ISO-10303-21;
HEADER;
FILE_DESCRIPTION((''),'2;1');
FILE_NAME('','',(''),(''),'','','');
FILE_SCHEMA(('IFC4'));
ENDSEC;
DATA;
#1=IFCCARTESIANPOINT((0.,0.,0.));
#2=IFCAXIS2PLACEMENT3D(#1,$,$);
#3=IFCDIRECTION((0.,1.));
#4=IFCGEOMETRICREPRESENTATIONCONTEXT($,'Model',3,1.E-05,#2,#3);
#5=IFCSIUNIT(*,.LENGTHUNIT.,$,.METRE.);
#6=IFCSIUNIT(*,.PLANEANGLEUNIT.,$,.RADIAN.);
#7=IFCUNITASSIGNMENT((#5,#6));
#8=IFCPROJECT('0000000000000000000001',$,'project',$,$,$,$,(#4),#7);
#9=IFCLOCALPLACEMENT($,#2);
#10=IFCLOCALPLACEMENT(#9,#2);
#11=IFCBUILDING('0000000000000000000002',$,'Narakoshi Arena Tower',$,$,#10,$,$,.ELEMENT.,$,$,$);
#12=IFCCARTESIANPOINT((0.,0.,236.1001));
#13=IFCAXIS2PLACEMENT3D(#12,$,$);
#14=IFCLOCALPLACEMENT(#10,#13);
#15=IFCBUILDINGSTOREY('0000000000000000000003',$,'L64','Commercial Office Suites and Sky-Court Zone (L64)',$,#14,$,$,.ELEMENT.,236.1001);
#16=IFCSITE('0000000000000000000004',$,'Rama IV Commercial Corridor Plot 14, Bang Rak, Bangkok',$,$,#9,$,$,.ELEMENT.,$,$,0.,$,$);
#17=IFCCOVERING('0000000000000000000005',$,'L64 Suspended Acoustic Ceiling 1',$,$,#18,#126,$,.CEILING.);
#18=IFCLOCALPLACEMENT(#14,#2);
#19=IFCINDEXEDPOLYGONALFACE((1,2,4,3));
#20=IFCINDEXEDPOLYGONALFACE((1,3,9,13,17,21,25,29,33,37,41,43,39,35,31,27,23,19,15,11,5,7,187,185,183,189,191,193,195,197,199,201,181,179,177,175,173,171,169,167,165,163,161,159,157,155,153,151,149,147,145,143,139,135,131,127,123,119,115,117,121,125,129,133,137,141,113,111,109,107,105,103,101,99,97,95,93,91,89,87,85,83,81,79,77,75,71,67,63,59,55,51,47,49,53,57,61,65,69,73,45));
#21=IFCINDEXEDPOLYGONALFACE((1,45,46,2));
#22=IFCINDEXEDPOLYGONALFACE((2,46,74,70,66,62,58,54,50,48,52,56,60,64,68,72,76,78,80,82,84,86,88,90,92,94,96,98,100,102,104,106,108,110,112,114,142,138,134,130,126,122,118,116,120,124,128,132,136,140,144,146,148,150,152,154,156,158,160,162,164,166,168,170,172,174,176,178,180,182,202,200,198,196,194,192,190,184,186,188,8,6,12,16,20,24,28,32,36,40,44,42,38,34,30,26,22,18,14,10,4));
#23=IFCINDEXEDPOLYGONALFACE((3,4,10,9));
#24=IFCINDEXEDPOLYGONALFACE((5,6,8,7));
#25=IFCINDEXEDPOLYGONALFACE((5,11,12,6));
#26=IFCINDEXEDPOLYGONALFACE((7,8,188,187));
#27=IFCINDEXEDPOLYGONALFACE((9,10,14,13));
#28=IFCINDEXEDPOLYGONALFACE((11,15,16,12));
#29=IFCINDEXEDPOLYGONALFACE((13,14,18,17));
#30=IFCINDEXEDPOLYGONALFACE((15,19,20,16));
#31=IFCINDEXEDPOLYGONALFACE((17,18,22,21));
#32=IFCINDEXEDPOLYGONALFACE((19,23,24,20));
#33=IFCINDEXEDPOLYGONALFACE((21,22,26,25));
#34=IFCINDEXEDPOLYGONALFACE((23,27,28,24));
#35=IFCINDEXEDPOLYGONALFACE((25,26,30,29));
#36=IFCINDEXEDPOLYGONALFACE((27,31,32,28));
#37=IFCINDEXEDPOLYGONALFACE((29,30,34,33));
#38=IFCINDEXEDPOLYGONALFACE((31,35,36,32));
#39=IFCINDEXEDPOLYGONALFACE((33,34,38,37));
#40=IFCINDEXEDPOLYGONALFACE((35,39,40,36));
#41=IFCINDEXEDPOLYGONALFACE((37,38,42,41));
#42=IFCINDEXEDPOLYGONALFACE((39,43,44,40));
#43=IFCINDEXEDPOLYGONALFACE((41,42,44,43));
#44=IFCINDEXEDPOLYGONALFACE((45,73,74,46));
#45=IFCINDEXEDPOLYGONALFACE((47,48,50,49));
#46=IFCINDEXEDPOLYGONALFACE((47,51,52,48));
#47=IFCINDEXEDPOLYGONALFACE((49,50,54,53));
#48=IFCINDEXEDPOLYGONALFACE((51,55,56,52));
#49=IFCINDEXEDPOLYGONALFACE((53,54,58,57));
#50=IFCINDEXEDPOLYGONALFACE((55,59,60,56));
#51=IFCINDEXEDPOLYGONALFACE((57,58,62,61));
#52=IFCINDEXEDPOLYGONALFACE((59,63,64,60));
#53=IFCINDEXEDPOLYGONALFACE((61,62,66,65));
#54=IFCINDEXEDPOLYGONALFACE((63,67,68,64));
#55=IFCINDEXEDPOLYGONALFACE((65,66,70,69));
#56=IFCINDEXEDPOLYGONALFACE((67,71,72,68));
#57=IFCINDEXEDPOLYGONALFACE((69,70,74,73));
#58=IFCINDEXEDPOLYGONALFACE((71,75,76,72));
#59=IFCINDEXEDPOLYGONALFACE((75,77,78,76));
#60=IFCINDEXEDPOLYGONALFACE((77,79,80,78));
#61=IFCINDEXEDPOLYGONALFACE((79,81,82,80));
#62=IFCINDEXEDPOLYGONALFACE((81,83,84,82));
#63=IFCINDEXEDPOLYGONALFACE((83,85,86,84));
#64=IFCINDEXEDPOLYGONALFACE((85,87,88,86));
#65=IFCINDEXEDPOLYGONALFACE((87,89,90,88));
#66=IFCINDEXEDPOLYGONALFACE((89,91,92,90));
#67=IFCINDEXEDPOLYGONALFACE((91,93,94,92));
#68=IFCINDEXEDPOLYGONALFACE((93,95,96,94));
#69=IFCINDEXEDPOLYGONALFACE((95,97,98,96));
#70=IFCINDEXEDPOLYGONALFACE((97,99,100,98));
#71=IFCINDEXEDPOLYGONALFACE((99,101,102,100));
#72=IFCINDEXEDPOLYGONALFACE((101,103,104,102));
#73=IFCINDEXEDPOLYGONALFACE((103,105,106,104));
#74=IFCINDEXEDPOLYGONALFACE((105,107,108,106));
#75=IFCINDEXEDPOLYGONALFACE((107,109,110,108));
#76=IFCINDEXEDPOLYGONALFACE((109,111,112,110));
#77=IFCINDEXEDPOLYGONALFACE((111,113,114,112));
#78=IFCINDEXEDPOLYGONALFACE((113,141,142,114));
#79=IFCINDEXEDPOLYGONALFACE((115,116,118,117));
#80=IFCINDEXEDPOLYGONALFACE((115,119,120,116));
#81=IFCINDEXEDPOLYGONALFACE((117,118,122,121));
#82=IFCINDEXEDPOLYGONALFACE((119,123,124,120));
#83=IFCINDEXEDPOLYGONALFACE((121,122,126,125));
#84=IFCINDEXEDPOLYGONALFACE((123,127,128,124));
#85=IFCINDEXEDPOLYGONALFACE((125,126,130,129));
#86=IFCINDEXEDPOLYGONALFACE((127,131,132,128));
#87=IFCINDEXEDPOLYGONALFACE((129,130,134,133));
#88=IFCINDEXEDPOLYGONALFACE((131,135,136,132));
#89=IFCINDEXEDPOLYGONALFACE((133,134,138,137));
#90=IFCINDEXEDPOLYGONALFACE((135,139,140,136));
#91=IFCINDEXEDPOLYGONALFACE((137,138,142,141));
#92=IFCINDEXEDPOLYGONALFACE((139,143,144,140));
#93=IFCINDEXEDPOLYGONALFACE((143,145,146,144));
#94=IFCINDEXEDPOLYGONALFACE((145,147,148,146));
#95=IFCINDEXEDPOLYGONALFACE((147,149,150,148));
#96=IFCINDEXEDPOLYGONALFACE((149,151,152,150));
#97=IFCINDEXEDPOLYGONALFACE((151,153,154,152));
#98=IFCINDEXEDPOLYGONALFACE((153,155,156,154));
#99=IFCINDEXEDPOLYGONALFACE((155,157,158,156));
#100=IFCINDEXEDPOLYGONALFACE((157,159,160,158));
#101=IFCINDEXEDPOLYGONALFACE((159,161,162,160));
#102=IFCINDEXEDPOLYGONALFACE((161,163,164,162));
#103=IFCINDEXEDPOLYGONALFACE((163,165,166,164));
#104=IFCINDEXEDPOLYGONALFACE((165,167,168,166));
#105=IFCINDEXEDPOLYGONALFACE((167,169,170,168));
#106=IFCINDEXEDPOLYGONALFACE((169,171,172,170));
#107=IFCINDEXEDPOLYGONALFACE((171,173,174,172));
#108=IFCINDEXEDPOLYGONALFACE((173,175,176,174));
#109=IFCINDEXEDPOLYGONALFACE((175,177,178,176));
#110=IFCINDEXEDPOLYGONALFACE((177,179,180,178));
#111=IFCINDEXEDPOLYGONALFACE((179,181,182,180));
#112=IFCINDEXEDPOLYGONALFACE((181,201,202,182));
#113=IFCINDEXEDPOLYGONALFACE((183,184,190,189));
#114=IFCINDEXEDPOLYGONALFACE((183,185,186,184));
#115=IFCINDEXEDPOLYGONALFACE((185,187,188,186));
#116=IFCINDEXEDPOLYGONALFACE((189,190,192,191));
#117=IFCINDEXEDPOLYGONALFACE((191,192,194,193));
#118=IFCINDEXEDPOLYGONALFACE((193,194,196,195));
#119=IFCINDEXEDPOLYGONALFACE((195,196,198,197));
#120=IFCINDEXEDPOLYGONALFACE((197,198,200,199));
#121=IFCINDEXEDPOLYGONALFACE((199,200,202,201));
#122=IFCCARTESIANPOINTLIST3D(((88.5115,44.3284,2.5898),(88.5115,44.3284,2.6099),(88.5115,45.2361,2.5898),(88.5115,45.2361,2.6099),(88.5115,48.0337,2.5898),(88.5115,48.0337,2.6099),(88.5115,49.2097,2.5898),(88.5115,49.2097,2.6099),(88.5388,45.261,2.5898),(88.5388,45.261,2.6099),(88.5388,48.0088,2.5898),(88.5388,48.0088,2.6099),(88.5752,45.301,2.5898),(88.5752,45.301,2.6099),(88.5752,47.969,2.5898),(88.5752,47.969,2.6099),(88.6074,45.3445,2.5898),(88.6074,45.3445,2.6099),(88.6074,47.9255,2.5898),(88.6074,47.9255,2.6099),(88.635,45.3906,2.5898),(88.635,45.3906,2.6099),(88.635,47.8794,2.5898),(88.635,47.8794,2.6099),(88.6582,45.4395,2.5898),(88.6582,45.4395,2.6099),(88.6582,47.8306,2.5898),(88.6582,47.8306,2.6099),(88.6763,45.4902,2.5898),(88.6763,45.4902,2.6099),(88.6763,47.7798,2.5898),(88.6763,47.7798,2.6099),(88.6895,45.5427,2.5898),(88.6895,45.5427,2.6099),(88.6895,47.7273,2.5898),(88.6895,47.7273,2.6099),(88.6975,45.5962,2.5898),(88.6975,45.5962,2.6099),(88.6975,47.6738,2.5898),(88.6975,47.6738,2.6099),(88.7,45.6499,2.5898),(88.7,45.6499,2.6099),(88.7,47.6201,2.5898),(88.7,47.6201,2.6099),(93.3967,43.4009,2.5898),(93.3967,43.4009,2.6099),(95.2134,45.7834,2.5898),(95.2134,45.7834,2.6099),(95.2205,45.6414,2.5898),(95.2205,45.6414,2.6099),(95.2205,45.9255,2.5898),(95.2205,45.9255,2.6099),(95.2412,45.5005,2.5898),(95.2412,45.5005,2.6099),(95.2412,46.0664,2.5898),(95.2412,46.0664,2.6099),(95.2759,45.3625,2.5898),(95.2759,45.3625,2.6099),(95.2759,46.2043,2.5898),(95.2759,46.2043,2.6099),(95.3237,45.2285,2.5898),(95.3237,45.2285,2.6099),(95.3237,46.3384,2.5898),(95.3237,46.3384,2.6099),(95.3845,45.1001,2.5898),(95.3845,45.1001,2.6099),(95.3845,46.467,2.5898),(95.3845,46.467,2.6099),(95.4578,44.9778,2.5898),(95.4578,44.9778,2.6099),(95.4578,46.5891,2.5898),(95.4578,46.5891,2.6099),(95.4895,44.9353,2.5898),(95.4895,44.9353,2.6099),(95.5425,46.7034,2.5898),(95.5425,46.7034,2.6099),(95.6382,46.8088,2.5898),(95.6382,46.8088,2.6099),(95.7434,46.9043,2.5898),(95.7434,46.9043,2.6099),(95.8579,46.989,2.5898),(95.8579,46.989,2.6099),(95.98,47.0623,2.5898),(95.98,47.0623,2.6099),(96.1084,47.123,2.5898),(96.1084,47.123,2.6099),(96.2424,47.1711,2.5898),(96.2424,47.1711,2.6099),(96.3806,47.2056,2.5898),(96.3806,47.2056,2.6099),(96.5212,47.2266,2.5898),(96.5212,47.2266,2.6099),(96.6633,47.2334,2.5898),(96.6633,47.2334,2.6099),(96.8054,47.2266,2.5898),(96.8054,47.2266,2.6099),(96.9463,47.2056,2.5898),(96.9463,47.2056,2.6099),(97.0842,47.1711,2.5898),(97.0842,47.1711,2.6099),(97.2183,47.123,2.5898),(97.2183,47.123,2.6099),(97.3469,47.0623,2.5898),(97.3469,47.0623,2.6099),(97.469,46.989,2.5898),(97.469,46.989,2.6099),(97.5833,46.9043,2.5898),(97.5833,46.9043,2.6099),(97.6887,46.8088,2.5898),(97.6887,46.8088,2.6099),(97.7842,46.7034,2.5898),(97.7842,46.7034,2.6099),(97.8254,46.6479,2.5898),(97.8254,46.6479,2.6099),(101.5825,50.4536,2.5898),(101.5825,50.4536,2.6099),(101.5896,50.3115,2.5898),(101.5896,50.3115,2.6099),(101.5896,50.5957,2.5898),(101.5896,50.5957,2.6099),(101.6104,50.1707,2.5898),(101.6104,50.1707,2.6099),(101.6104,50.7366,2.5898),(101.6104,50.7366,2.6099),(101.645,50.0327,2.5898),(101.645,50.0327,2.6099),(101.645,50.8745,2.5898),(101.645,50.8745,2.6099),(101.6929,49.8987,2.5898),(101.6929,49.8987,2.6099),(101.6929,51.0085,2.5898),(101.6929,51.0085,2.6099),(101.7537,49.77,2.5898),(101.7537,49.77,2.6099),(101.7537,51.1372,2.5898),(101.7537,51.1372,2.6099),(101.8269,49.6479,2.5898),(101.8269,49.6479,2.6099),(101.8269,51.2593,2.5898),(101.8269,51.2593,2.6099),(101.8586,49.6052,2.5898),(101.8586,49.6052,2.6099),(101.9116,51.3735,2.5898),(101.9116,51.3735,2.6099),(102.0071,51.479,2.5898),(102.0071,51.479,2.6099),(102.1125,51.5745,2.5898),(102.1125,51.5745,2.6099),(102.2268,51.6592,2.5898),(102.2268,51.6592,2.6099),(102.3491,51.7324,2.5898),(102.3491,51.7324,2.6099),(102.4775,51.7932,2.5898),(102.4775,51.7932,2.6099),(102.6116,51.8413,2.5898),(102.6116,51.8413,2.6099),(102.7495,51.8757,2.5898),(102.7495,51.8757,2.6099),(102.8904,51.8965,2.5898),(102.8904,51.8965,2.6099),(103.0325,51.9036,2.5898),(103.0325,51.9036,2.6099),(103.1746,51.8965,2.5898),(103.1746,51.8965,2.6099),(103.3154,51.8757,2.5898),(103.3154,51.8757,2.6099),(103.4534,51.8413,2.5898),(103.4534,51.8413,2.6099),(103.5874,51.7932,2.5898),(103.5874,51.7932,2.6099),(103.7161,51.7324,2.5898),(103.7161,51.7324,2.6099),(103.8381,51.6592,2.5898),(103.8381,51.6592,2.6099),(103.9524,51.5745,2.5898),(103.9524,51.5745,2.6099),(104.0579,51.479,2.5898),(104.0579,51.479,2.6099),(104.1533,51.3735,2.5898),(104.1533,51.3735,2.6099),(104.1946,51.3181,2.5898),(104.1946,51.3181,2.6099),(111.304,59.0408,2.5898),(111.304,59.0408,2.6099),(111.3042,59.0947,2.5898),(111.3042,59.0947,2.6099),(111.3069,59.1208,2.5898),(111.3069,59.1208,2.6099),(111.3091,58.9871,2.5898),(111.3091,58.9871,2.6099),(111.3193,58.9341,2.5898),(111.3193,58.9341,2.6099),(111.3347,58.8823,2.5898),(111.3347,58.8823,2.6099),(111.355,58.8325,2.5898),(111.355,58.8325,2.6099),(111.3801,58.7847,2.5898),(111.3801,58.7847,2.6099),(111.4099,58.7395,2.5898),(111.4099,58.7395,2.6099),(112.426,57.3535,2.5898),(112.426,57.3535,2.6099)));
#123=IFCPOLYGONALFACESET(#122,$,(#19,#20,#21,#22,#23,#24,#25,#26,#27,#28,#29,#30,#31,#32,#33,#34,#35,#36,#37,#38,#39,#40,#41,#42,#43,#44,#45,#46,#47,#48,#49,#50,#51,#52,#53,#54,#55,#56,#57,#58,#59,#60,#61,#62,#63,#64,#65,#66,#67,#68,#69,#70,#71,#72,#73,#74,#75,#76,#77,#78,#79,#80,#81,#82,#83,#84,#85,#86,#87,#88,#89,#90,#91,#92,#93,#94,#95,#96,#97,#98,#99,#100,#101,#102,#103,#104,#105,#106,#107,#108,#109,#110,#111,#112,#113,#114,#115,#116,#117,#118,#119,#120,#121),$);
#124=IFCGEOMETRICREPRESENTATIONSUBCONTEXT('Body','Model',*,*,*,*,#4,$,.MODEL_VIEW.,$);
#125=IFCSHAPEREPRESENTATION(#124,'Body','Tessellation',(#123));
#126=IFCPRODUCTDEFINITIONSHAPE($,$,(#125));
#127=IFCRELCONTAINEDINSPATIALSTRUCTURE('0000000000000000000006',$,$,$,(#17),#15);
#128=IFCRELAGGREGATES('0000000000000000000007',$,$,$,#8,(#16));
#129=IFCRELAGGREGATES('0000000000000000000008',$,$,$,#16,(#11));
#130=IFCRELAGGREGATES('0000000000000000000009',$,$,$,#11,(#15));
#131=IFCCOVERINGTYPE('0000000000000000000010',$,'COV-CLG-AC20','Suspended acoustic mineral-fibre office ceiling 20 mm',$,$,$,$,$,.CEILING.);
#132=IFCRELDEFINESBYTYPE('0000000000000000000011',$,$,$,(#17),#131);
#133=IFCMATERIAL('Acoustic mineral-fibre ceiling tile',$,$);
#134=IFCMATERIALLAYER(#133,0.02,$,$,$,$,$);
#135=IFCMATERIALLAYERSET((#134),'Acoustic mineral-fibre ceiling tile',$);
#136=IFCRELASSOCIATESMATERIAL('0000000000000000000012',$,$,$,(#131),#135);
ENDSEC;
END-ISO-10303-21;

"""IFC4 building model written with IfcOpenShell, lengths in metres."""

from ifc_helpers import new_model, si_unit, direction, frame, origin, place, context, subcontext, project, spatial, polyline, outline, extrude, material, layer, layer_set, type_object, element, save


model = new_model("IFC4")

# Units and contexts
model_context = context("Model", 3, precision=1e-05, world=origin(), true_north=direction((0.0, 1.0)))
body_context = subcontext(model_context, "Body", "Model", "MODEL_VIEW")
ifc_project = project(units=[si_unit("LENGTHUNIT", "METRE"), si_unit("PLANEANGLEUNIT", "RADIAN")], contexts=[model_context])

# Site, building, storey
site_placement = place(None, origin())
site = spatial("IfcSite", under=ifc_project, at=site_placement, Name="Rama IV Commercial Corridor Plot 14, Bang Rak, Bangkok", CompositionType="ELEMENT", RefElevation=0.0)
building_placement = place(site_placement, origin())
building = spatial("IfcBuilding", under=site, at=building_placement, Name="Narakoshi Arena Tower", CompositionType="ELEMENT")
storey_placement = place(building_placement, frame((0.0, 0.0, 236.1001)))
storey = spatial("IfcBuildingStorey", under=building, at=storey_placement, Name="L64", Description="Commercial Office Suites and Sky-Court Zone (L64)", CompositionType="ELEMENT", Elevation=236.1001)

# Covering
ifc_material_1 = material(Name="Acoustic mineral-fibre ceiling tile")
ifc_layer_1 = layer(ifc_material_1, 0.02)
ifc_layer_set_1 = layer_set([ifc_layer_1], Name="Acoustic mineral-fibre ceiling tile")
covering_type_1 = type_object("IfcCoveringType", Name="COV-CLG-AC20", Description="Suspended acoustic mineral-fibre office ceiling 20 mm", PredefinedType="CEILING", material=ifc_layer_set_1)
covering_1_placement = place(storey_placement, frame((0.0, 0.0, 2.5898)))
element("IfcCovering", 1, at=covering_1_placement, inside=storey, type_object=covering_type_1, Name="L64 Suspended Acoustic Ceiling 1", PredefinedType="CEILING", context=body_context, shape_type="SweptSolid", body=[
    extrude(outline(polyline([(88.5388, 45.261), (88.5752, 45.301), (88.6074, 45.3445), (88.635, 45.3906), (88.6582, 45.4395), (88.6763, 45.4902), (88.6895, 45.5427), (88.6975, 45.5962), (88.7, 45.6499), (88.7, 47.6201), (88.6975, 47.6738), (88.6895, 47.7273), (88.6763, 47.7798), (88.6582, 47.8306), (88.635, 47.8794), (88.6074, 47.9255), (88.5752, 47.969), (88.5388, 48.0088), (88.5115, 48.0337), (88.5115, 49.2097), (111.3069, 59.1208), (111.3042, 59.0947), (111.304, 59.0408), (111.3091, 58.9871), (111.3193, 58.9341), (111.3347, 58.8823), (111.355, 58.8325), (111.3801, 58.7847), (111.4099, 58.7395), (112.426, 57.3535), (104.1946, 51.3181), (104.1533, 51.3735), (104.0579, 51.479), (103.9524, 51.5745), (103.8381, 51.6592), (103.7161, 51.7324), (103.5874, 51.7932), (103.4534, 51.8413), (103.3154, 51.8757), (103.1746, 51.8965), (103.0325, 51.9036), (102.8904, 51.8965), (102.7495, 51.8757), (102.6116, 51.8413), (102.4775, 51.7932), (102.3491, 51.7324), (102.2268, 51.6592), (102.1125, 51.5745), (102.0071, 51.479), (101.9116, 51.3735), (101.8269, 51.2593), (101.7537, 51.1372), (101.6929, 51.0085), (101.645, 50.8745), (101.6104, 50.7366), (101.5896, 50.5957), (101.5825, 50.4536), (101.5896, 50.3115), (101.6104, 50.1707), (101.645, 50.0327), (101.6929, 49.8987), (101.7537, 49.77), (101.8269, 49.6479), (101.8586, 49.6052), (97.8254, 46.6479), (97.7842, 46.7034), (97.6887, 46.8088), (97.5833, 46.9043), (97.469, 46.989), (97.3469, 47.0623), (97.2183, 47.123), (97.0842, 47.1711), (96.9463, 47.2056), (96.8054, 47.2266), (96.6633, 47.2334), (96.5212, 47.2266), (96.3806, 47.2056), (96.2424, 47.1711), (96.1084, 47.123), (95.98, 47.0623), (95.8579, 46.989), (95.7434, 46.9043), (95.6382, 46.8088), (95.5425, 46.7034), (95.4578, 46.5891), (95.3845, 46.467), (95.3237, 46.3384), (95.2759, 46.2043), (95.2412, 46.0664), (95.2205, 45.9255), (95.2134, 45.7834), (95.2205, 45.6414), (95.2412, 45.5005), (95.2759, 45.3625), (95.3237, 45.2285), (95.3845, 45.1001), (95.4578, 44.9778), (95.4895, 44.9353), (93.3967, 43.4009), (88.5115, 44.3284), (88.5115, 45.2361), (88.5388, 45.261)])), origin(), (0.0, 0.0, 1.0), 0.02),
])

save(model, "model.ifc")
